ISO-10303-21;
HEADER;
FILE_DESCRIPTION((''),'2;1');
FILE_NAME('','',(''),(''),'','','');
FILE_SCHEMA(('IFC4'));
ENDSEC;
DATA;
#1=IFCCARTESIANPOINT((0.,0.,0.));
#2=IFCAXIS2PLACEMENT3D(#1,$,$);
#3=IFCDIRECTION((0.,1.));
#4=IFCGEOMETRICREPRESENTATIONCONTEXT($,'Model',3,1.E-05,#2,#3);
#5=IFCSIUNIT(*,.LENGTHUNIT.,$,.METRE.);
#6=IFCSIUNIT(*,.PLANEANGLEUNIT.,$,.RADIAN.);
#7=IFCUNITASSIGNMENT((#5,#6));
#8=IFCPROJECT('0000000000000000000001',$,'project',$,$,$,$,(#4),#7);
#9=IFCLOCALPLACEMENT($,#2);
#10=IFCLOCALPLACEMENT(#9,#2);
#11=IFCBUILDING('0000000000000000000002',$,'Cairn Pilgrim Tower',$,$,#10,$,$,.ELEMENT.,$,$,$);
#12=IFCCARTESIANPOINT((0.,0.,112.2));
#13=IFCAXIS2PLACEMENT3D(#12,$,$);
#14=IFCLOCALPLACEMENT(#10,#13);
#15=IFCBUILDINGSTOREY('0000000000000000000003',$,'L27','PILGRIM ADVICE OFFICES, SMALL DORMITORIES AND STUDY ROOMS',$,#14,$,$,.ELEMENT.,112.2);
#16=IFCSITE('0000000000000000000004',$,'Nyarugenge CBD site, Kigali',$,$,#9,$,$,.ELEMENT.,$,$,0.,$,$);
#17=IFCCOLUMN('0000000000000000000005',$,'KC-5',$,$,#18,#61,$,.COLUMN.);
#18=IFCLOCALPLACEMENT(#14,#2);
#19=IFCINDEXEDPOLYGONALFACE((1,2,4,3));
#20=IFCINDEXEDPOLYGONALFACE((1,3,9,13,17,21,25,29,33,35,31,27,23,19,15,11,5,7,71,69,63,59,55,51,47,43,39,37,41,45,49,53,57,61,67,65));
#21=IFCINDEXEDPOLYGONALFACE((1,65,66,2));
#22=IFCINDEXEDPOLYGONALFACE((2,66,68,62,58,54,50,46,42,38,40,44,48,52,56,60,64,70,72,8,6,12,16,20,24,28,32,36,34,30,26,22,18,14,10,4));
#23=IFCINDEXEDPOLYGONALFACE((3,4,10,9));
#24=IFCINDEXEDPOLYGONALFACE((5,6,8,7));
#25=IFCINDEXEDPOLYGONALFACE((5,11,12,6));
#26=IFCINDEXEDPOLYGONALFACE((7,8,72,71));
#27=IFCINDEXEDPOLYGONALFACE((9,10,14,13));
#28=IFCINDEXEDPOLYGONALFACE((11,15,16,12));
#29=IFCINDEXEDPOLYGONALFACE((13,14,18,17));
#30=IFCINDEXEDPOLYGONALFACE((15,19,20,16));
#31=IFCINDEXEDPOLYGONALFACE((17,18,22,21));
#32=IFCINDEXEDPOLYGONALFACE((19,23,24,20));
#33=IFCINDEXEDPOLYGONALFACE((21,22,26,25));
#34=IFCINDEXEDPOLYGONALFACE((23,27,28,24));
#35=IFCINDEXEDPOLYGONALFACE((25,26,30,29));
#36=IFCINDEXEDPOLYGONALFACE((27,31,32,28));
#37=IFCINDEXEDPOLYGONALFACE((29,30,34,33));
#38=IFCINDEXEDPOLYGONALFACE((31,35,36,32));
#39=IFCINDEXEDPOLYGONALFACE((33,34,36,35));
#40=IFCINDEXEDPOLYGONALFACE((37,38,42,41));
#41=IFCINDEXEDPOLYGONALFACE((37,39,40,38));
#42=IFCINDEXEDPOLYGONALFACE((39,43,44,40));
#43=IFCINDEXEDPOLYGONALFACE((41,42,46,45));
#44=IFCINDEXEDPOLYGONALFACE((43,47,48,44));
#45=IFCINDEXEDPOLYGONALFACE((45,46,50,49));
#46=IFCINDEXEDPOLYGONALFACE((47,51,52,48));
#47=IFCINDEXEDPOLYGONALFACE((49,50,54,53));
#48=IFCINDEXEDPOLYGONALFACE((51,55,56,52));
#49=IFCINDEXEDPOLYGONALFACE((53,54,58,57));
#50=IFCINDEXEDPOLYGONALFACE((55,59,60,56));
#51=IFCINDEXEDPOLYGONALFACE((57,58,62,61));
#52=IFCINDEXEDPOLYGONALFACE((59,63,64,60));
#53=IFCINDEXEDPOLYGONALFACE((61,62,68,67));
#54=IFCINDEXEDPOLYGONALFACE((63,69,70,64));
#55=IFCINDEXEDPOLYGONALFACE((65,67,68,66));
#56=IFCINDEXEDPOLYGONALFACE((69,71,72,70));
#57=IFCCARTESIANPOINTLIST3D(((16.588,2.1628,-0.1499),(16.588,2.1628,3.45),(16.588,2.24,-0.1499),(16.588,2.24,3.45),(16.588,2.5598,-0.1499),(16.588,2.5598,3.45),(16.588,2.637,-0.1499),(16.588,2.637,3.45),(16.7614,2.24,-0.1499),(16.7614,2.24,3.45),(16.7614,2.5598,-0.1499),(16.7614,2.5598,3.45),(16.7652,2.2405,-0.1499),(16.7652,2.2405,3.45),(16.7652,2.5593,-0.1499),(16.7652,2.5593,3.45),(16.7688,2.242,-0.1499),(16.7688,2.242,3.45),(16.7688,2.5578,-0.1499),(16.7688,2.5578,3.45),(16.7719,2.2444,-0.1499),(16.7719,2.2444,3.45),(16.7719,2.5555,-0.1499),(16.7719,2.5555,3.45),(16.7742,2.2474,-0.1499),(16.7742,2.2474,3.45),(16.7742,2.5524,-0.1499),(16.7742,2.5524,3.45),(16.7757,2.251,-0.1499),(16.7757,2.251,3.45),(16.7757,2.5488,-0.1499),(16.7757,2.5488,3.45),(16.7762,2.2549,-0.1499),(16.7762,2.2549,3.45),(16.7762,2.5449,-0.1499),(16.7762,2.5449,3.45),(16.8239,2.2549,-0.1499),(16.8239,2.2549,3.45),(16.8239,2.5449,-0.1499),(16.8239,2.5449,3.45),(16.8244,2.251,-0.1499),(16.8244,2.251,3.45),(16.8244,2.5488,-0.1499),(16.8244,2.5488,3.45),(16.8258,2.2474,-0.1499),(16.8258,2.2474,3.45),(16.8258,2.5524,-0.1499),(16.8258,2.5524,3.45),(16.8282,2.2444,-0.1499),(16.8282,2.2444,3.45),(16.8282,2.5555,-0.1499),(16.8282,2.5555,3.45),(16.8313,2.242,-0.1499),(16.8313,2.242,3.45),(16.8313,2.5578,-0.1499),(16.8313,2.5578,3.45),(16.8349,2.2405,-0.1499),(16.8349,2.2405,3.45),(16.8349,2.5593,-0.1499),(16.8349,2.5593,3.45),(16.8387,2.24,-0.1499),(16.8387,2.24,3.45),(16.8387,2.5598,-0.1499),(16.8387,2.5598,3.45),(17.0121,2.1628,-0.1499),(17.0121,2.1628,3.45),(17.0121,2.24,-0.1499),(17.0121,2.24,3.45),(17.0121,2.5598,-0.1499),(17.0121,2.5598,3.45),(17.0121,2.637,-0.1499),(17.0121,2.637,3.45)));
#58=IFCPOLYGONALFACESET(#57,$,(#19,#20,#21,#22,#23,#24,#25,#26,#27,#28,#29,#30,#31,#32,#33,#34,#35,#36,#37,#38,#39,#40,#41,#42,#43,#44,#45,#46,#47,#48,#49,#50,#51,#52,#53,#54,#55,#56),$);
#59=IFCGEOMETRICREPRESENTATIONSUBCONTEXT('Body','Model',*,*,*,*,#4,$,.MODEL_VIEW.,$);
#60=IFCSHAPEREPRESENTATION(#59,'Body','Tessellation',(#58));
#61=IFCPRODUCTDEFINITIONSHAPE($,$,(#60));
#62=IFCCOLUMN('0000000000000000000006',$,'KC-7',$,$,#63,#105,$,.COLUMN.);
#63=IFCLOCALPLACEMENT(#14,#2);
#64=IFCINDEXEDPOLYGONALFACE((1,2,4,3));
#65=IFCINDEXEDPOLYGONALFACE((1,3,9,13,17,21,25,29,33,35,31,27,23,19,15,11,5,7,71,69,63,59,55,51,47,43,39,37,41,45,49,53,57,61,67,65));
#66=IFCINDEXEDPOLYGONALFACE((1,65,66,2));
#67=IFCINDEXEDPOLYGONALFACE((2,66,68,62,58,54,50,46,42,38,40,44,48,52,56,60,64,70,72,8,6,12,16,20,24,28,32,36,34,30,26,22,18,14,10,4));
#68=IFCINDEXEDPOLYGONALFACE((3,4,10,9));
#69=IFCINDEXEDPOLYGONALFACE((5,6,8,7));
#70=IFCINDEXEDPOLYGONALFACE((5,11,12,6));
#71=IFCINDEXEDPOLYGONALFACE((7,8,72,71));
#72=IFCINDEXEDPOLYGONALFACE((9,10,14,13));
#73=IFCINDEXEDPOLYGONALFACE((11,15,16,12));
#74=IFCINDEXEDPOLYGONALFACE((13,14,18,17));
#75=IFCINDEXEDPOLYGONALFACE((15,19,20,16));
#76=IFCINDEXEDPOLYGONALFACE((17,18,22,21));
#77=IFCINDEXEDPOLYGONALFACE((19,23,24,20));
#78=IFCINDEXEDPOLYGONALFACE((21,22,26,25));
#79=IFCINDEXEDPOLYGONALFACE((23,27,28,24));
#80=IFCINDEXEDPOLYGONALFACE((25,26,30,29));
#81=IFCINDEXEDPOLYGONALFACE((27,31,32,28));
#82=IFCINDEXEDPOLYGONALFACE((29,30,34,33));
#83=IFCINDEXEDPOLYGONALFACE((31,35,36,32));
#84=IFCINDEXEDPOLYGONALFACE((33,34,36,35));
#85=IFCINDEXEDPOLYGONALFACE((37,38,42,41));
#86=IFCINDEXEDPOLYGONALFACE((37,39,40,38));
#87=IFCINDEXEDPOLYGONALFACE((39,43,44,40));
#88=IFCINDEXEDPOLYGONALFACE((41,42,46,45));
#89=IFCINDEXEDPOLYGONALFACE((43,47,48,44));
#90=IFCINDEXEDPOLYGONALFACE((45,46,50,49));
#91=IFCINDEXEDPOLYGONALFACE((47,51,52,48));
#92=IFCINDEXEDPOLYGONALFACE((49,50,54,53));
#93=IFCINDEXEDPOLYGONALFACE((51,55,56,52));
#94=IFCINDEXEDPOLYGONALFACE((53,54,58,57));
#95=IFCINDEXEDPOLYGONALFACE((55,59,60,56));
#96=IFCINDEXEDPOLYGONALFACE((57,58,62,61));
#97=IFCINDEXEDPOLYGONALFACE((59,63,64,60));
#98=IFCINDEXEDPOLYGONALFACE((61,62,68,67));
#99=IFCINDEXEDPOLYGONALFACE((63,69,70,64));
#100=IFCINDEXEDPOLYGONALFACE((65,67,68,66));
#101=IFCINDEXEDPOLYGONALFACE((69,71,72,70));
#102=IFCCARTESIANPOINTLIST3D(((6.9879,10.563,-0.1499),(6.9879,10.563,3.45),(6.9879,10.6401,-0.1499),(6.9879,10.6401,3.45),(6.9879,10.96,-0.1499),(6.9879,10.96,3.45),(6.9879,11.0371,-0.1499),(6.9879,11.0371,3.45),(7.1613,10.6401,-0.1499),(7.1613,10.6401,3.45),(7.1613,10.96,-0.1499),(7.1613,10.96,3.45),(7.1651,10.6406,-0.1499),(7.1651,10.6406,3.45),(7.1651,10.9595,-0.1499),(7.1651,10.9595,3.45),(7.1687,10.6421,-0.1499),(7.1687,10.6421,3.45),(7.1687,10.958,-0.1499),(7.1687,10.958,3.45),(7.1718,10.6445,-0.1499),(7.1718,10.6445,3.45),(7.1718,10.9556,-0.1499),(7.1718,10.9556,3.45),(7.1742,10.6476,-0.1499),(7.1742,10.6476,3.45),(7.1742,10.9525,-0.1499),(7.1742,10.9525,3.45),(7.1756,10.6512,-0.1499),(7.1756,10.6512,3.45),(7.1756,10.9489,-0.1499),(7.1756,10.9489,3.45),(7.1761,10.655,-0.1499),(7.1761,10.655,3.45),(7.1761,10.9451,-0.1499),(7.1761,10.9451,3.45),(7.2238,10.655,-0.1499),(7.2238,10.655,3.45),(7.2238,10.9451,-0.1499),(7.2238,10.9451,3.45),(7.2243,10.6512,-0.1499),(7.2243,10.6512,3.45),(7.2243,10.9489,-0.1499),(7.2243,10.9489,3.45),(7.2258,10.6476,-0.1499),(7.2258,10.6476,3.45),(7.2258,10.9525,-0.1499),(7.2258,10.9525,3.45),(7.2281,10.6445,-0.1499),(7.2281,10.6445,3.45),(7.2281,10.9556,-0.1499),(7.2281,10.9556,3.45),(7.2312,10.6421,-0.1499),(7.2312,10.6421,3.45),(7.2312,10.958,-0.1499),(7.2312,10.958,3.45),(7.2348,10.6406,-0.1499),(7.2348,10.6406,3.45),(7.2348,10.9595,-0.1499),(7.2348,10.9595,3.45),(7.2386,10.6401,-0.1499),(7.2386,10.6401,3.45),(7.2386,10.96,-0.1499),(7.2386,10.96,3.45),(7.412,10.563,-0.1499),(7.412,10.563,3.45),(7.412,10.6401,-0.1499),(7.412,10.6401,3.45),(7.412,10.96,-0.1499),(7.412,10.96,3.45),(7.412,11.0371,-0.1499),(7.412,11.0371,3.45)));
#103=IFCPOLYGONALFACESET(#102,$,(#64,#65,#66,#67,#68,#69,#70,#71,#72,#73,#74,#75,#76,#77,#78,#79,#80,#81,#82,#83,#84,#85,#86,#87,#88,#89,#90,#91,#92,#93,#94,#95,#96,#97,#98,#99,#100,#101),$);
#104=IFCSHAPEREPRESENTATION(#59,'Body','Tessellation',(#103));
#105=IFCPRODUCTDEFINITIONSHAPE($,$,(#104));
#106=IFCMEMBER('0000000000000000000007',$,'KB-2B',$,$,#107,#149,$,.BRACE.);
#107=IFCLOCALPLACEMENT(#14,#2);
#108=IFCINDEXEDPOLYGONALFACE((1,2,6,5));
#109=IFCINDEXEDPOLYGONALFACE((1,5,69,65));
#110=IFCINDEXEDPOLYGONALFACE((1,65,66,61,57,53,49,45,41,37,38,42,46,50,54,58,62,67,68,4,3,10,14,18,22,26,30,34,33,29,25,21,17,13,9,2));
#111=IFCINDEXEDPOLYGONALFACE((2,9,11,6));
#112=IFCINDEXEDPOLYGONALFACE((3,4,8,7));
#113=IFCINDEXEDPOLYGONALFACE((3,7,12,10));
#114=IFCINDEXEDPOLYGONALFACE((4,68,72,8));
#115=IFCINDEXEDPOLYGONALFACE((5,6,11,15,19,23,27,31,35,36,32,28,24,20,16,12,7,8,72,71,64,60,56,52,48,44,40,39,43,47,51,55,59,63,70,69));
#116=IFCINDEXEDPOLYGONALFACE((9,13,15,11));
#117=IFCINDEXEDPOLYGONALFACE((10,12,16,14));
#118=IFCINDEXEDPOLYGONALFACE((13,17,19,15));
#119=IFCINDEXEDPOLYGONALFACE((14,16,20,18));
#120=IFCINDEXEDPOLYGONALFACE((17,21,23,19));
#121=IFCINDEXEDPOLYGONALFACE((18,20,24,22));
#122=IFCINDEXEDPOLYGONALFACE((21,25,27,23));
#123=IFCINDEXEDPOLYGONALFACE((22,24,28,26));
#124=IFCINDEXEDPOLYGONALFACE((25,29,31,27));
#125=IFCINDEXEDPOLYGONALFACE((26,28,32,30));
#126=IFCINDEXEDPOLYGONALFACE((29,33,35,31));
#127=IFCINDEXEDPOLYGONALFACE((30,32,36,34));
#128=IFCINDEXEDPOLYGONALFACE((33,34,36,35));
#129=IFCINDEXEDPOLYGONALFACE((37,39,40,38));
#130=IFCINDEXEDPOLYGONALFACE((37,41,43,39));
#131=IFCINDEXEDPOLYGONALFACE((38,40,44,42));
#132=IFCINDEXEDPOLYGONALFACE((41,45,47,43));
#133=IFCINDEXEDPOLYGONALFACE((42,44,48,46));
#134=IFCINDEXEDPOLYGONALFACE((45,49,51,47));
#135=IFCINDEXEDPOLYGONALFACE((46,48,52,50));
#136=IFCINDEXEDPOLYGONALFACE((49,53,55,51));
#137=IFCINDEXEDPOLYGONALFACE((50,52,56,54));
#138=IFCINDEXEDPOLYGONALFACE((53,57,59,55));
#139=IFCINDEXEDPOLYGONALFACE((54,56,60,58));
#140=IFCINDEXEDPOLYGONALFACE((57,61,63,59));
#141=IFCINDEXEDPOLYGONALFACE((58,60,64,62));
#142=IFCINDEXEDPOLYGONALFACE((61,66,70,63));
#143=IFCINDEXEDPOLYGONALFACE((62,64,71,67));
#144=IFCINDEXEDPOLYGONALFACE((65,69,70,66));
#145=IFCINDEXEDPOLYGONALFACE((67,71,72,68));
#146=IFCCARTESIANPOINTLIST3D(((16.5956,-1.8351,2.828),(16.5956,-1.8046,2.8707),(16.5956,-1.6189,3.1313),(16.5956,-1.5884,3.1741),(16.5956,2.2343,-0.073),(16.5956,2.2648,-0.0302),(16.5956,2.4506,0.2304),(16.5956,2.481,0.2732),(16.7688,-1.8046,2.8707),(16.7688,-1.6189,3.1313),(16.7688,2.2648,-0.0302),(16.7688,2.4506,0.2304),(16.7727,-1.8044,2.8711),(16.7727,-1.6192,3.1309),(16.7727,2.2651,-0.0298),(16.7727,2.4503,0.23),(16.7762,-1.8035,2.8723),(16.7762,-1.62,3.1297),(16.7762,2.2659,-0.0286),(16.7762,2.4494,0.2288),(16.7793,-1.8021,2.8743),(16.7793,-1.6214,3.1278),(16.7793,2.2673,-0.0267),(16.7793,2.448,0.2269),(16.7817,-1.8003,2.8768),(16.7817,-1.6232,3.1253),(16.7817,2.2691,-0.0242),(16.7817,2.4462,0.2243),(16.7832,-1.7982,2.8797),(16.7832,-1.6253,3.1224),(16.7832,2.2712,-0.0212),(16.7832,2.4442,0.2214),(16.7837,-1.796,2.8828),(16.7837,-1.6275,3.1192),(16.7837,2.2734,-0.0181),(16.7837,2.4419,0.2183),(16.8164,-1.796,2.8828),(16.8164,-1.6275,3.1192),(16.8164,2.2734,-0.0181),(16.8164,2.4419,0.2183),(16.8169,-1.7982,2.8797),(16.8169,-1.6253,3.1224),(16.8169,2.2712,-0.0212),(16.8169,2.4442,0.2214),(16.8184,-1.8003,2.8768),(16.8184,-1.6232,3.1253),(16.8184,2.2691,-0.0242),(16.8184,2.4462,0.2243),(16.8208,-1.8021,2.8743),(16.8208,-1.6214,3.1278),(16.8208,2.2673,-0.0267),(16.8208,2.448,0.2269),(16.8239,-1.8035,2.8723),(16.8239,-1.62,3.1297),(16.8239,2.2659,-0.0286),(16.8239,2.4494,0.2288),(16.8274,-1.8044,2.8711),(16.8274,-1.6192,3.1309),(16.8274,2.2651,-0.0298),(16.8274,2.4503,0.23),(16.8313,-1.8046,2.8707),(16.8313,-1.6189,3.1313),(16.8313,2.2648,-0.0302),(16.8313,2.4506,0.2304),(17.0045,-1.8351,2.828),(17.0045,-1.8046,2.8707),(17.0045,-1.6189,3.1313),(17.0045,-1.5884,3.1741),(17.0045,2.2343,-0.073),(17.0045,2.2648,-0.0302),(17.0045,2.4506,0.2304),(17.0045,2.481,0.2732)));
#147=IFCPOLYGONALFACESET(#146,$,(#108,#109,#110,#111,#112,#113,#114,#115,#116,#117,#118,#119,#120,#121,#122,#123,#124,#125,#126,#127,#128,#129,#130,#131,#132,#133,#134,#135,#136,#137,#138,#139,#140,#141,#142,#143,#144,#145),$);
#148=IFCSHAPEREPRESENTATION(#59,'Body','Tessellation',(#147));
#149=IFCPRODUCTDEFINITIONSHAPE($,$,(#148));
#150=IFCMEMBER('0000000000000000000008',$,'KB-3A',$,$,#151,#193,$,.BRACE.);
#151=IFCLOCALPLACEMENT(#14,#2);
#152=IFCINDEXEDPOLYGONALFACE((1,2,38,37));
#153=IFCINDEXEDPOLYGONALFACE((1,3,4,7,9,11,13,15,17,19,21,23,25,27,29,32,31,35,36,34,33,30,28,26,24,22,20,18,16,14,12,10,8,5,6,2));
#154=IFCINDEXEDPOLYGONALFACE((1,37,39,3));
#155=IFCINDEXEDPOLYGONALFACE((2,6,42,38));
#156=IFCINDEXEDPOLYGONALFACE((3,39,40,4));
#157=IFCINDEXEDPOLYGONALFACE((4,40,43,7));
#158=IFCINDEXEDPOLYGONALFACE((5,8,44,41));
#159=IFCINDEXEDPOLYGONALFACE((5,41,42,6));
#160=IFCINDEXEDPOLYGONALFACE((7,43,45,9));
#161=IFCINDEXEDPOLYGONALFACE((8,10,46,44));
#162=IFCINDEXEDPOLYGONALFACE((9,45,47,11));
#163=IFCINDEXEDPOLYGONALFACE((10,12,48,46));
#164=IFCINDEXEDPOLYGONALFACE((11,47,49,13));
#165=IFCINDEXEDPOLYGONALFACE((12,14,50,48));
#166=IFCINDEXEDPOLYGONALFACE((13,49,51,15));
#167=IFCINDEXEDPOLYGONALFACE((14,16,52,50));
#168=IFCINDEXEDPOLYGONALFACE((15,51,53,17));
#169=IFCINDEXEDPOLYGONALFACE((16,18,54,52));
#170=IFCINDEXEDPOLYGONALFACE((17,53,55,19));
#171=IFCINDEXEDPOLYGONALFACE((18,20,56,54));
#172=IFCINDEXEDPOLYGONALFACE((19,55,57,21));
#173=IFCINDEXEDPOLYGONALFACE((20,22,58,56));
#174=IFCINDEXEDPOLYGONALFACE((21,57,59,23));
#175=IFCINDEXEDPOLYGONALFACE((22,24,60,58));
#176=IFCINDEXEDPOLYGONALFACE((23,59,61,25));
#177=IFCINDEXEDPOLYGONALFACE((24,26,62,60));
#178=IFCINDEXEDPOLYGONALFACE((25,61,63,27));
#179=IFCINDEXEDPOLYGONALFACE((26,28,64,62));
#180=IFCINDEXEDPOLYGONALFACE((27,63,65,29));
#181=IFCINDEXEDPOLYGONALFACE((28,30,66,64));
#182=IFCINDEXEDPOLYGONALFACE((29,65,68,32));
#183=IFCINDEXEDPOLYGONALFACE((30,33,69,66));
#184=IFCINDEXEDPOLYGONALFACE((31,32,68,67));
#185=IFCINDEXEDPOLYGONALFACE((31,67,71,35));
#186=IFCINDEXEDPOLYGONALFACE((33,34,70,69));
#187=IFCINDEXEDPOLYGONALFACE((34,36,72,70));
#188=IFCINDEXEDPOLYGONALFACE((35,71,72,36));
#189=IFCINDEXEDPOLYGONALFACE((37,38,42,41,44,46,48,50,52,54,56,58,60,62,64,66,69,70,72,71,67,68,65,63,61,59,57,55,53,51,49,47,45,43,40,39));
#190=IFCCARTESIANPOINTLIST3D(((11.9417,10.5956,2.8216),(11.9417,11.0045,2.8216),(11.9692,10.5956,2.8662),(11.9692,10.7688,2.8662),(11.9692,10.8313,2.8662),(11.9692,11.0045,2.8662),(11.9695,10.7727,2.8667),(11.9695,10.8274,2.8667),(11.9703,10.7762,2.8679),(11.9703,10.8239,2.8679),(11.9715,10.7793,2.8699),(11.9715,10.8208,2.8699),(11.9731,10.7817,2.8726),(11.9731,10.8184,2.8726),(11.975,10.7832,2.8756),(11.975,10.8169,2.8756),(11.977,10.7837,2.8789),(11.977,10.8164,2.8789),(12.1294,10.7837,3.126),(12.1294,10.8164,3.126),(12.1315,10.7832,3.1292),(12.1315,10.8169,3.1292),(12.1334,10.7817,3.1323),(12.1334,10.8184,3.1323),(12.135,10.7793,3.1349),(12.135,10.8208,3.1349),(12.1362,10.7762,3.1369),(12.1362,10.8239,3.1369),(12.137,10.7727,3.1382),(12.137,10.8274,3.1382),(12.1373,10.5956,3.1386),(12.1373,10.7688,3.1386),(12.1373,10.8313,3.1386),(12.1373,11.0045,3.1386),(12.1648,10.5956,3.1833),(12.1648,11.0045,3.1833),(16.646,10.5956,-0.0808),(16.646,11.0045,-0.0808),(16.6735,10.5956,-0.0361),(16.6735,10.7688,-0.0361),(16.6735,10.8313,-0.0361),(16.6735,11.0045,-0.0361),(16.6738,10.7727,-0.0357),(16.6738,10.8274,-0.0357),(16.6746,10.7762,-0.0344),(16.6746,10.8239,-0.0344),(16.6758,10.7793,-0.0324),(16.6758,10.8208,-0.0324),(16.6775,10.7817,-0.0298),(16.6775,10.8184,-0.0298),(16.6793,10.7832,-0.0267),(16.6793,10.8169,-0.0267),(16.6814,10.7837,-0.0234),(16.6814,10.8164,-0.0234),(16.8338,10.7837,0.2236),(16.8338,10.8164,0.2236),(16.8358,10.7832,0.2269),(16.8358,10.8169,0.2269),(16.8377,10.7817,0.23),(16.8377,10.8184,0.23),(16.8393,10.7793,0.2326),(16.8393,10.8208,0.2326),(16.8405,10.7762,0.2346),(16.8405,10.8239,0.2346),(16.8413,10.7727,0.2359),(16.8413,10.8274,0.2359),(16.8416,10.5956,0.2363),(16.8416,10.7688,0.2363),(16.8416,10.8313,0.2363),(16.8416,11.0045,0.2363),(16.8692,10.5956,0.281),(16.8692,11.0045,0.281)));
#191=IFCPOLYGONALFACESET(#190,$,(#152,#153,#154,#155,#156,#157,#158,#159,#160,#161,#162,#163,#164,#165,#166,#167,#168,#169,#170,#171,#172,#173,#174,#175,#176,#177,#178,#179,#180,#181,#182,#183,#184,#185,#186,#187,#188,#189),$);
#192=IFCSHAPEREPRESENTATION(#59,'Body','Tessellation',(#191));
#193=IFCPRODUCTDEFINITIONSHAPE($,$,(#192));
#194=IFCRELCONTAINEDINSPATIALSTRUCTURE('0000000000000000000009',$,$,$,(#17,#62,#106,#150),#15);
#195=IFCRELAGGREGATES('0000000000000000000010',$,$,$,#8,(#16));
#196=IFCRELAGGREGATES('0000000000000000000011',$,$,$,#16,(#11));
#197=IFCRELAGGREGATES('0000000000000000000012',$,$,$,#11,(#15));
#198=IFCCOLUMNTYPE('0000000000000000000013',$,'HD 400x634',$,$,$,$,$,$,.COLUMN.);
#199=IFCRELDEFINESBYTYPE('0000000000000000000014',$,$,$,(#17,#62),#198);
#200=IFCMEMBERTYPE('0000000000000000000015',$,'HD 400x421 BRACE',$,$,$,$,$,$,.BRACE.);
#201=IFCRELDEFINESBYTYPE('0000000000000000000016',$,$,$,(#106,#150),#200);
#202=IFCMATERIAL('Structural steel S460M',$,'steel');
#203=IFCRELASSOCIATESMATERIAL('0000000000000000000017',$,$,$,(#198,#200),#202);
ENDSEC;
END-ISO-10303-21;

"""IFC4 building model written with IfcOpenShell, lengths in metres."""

from ifc_helpers import new_model, si_unit, direction, frame, origin, origin_2d, place, context, subcontext, project, spatial, i_section, extrude, material, material_profile, profile_set, type_object, element, save


model = new_model("IFC4")

# Units and contexts
model_context = context("Model", 3, precision=1e-05, world=origin(), true_north=direction((0.0, 1.0)))
body_context = subcontext(model_context, "Body", "Model", "MODEL_VIEW")
ifc_project = project(units=[si_unit("LENGTHUNIT", "METRE"), si_unit("PLANEANGLEUNIT", "RADIAN")], contexts=[model_context])

# Site, building, storey
site_placement = place(None, origin())
site = spatial("IfcSite", under=ifc_project, at=site_placement, Name="Nyarugenge CBD site, Kigali", CompositionType="ELEMENT", RefElevation=0.0)
building_placement = place(site_placement, origin())
building = spatial("IfcBuilding", under=site, at=building_placement, Name="Cairn Pilgrim Tower", CompositionType="ELEMENT")
storey_placement = place(building_placement, frame((0.0, 0.0, 112.2)))
storey = spatial("IfcBuildingStorey", under=building, at=storey_placement, Name="L27", Description="PILGRIM ADVICE OFFICES, SMALL DORMITORIES AND STUDY ROOMS", CompositionType="ELEMENT", Elevation=112.2)

# Columns
ifc_material_1 = material(Name="Structural steel S460M", Category="steel")
ifc_material_profile_1 = material_profile(ifc_material_1, i_section(OverallWidth=0.4241, OverallDepth=0.4741, WebThickness=0.0476, FlangeThickness=0.0771, FilletRadius=0.0149, at=origin_2d()), Name="HD 400x634")
ifc_profile_set_1 = profile_set([ifc_material_profile_1], Name="Structural steel S460M")
column_type = type_object("IfcColumnType", Name="HD 400x634", PredefinedType="COLUMN", material=ifc_profile_set_1)
for number, where, z_axis, x_axis, name in (
    (1, (16.8, 2.3999, -0.1499), (0.0, 0.0, 1.0), (1.0, 0.0, 0.0), "KC-5"),
    (2, (7.2, 10.8, -0.1499), (0.0, 0.0, 1.0), (1.0, 0.0, 0.0), "KC-7"),
):
    element("IfcColumn", number, at=place(storey_placement, frame(where, z_axis=z_axis, x_axis=x_axis)), inside=storey, type_object=column_type, Name=name, PredefinedType="COLUMN", context=body_context, shape_type="SweptSolid", body=[
        extrude(i_section(OverallWidth=0.4241, OverallDepth=0.4741, WebThickness=0.0476, FlangeThickness=0.0771, FilletRadius=0.0149, at=origin_2d()), origin(), (0.0, 0.0, 1.0), 3.5999),
    ])

# Members
ifc_material_profile_2 = material_profile(ifc_material_1, i_section(OverallWidth=0.4089, OverallDepth=0.425, WebThickness=0.0327, FlangeThickness=0.0525, FilletRadius=0.0149, at=origin_2d()), Name="HD 400x421")
ifc_profile_set_2 = profile_set([ifc_material_profile_2], Name="Structural steel S460M")
member_type = type_object("IfcMemberType", Name="HD 400x421 BRACE", PredefinedType="BRACE", material=ifc_profile_set_2)
member_placement = place(storey_placement, frame((16.8, 2.3577, 0.1001), z_axis=(0.0, -0.814281, 0.580471), x_axis=(1.0, 0.0, 0.0)))
element("IfcMember", 3, at=member_placement, inside=storey, type_object=member_type, Name="KB-2B", PredefinedType="BRACE", context=body_context, shape_type="SweptSolid", body=[
    extrude(i_section(OverallWidth=0.4089, OverallDepth=0.425, WebThickness=0.0327, FlangeThickness=0.0525, FilletRadius=0.0149, at=origin_2d()), origin(), (0.0, 0.0, 1.0), 4.9976),
])
for number, where, z_axis, x_axis, name in (
    (4, (16.7576, 10.8, 0.1001), (-0.851063, 0.0, 0.525063), (0.0, -1.0, 0.0), "KB-3A"),
):
    element("IfcMember", number, at=place(storey_placement, frame(where, z_axis=z_axis, x_axis=x_axis)), inside=storey, type_object=member_type, Name=name, PredefinedType="BRACE", context=body_context, shape_type="SweptSolid", body=[
        extrude(i_section(OverallWidth=0.4089, OverallDepth=0.425, WebThickness=0.0327, FlangeThickness=0.0525, FilletRadius=0.0149, at=origin_2d()), origin(), (0.0, 0.0, 1.0), 5.5276),
    ])

save(model, "model.ifc")
